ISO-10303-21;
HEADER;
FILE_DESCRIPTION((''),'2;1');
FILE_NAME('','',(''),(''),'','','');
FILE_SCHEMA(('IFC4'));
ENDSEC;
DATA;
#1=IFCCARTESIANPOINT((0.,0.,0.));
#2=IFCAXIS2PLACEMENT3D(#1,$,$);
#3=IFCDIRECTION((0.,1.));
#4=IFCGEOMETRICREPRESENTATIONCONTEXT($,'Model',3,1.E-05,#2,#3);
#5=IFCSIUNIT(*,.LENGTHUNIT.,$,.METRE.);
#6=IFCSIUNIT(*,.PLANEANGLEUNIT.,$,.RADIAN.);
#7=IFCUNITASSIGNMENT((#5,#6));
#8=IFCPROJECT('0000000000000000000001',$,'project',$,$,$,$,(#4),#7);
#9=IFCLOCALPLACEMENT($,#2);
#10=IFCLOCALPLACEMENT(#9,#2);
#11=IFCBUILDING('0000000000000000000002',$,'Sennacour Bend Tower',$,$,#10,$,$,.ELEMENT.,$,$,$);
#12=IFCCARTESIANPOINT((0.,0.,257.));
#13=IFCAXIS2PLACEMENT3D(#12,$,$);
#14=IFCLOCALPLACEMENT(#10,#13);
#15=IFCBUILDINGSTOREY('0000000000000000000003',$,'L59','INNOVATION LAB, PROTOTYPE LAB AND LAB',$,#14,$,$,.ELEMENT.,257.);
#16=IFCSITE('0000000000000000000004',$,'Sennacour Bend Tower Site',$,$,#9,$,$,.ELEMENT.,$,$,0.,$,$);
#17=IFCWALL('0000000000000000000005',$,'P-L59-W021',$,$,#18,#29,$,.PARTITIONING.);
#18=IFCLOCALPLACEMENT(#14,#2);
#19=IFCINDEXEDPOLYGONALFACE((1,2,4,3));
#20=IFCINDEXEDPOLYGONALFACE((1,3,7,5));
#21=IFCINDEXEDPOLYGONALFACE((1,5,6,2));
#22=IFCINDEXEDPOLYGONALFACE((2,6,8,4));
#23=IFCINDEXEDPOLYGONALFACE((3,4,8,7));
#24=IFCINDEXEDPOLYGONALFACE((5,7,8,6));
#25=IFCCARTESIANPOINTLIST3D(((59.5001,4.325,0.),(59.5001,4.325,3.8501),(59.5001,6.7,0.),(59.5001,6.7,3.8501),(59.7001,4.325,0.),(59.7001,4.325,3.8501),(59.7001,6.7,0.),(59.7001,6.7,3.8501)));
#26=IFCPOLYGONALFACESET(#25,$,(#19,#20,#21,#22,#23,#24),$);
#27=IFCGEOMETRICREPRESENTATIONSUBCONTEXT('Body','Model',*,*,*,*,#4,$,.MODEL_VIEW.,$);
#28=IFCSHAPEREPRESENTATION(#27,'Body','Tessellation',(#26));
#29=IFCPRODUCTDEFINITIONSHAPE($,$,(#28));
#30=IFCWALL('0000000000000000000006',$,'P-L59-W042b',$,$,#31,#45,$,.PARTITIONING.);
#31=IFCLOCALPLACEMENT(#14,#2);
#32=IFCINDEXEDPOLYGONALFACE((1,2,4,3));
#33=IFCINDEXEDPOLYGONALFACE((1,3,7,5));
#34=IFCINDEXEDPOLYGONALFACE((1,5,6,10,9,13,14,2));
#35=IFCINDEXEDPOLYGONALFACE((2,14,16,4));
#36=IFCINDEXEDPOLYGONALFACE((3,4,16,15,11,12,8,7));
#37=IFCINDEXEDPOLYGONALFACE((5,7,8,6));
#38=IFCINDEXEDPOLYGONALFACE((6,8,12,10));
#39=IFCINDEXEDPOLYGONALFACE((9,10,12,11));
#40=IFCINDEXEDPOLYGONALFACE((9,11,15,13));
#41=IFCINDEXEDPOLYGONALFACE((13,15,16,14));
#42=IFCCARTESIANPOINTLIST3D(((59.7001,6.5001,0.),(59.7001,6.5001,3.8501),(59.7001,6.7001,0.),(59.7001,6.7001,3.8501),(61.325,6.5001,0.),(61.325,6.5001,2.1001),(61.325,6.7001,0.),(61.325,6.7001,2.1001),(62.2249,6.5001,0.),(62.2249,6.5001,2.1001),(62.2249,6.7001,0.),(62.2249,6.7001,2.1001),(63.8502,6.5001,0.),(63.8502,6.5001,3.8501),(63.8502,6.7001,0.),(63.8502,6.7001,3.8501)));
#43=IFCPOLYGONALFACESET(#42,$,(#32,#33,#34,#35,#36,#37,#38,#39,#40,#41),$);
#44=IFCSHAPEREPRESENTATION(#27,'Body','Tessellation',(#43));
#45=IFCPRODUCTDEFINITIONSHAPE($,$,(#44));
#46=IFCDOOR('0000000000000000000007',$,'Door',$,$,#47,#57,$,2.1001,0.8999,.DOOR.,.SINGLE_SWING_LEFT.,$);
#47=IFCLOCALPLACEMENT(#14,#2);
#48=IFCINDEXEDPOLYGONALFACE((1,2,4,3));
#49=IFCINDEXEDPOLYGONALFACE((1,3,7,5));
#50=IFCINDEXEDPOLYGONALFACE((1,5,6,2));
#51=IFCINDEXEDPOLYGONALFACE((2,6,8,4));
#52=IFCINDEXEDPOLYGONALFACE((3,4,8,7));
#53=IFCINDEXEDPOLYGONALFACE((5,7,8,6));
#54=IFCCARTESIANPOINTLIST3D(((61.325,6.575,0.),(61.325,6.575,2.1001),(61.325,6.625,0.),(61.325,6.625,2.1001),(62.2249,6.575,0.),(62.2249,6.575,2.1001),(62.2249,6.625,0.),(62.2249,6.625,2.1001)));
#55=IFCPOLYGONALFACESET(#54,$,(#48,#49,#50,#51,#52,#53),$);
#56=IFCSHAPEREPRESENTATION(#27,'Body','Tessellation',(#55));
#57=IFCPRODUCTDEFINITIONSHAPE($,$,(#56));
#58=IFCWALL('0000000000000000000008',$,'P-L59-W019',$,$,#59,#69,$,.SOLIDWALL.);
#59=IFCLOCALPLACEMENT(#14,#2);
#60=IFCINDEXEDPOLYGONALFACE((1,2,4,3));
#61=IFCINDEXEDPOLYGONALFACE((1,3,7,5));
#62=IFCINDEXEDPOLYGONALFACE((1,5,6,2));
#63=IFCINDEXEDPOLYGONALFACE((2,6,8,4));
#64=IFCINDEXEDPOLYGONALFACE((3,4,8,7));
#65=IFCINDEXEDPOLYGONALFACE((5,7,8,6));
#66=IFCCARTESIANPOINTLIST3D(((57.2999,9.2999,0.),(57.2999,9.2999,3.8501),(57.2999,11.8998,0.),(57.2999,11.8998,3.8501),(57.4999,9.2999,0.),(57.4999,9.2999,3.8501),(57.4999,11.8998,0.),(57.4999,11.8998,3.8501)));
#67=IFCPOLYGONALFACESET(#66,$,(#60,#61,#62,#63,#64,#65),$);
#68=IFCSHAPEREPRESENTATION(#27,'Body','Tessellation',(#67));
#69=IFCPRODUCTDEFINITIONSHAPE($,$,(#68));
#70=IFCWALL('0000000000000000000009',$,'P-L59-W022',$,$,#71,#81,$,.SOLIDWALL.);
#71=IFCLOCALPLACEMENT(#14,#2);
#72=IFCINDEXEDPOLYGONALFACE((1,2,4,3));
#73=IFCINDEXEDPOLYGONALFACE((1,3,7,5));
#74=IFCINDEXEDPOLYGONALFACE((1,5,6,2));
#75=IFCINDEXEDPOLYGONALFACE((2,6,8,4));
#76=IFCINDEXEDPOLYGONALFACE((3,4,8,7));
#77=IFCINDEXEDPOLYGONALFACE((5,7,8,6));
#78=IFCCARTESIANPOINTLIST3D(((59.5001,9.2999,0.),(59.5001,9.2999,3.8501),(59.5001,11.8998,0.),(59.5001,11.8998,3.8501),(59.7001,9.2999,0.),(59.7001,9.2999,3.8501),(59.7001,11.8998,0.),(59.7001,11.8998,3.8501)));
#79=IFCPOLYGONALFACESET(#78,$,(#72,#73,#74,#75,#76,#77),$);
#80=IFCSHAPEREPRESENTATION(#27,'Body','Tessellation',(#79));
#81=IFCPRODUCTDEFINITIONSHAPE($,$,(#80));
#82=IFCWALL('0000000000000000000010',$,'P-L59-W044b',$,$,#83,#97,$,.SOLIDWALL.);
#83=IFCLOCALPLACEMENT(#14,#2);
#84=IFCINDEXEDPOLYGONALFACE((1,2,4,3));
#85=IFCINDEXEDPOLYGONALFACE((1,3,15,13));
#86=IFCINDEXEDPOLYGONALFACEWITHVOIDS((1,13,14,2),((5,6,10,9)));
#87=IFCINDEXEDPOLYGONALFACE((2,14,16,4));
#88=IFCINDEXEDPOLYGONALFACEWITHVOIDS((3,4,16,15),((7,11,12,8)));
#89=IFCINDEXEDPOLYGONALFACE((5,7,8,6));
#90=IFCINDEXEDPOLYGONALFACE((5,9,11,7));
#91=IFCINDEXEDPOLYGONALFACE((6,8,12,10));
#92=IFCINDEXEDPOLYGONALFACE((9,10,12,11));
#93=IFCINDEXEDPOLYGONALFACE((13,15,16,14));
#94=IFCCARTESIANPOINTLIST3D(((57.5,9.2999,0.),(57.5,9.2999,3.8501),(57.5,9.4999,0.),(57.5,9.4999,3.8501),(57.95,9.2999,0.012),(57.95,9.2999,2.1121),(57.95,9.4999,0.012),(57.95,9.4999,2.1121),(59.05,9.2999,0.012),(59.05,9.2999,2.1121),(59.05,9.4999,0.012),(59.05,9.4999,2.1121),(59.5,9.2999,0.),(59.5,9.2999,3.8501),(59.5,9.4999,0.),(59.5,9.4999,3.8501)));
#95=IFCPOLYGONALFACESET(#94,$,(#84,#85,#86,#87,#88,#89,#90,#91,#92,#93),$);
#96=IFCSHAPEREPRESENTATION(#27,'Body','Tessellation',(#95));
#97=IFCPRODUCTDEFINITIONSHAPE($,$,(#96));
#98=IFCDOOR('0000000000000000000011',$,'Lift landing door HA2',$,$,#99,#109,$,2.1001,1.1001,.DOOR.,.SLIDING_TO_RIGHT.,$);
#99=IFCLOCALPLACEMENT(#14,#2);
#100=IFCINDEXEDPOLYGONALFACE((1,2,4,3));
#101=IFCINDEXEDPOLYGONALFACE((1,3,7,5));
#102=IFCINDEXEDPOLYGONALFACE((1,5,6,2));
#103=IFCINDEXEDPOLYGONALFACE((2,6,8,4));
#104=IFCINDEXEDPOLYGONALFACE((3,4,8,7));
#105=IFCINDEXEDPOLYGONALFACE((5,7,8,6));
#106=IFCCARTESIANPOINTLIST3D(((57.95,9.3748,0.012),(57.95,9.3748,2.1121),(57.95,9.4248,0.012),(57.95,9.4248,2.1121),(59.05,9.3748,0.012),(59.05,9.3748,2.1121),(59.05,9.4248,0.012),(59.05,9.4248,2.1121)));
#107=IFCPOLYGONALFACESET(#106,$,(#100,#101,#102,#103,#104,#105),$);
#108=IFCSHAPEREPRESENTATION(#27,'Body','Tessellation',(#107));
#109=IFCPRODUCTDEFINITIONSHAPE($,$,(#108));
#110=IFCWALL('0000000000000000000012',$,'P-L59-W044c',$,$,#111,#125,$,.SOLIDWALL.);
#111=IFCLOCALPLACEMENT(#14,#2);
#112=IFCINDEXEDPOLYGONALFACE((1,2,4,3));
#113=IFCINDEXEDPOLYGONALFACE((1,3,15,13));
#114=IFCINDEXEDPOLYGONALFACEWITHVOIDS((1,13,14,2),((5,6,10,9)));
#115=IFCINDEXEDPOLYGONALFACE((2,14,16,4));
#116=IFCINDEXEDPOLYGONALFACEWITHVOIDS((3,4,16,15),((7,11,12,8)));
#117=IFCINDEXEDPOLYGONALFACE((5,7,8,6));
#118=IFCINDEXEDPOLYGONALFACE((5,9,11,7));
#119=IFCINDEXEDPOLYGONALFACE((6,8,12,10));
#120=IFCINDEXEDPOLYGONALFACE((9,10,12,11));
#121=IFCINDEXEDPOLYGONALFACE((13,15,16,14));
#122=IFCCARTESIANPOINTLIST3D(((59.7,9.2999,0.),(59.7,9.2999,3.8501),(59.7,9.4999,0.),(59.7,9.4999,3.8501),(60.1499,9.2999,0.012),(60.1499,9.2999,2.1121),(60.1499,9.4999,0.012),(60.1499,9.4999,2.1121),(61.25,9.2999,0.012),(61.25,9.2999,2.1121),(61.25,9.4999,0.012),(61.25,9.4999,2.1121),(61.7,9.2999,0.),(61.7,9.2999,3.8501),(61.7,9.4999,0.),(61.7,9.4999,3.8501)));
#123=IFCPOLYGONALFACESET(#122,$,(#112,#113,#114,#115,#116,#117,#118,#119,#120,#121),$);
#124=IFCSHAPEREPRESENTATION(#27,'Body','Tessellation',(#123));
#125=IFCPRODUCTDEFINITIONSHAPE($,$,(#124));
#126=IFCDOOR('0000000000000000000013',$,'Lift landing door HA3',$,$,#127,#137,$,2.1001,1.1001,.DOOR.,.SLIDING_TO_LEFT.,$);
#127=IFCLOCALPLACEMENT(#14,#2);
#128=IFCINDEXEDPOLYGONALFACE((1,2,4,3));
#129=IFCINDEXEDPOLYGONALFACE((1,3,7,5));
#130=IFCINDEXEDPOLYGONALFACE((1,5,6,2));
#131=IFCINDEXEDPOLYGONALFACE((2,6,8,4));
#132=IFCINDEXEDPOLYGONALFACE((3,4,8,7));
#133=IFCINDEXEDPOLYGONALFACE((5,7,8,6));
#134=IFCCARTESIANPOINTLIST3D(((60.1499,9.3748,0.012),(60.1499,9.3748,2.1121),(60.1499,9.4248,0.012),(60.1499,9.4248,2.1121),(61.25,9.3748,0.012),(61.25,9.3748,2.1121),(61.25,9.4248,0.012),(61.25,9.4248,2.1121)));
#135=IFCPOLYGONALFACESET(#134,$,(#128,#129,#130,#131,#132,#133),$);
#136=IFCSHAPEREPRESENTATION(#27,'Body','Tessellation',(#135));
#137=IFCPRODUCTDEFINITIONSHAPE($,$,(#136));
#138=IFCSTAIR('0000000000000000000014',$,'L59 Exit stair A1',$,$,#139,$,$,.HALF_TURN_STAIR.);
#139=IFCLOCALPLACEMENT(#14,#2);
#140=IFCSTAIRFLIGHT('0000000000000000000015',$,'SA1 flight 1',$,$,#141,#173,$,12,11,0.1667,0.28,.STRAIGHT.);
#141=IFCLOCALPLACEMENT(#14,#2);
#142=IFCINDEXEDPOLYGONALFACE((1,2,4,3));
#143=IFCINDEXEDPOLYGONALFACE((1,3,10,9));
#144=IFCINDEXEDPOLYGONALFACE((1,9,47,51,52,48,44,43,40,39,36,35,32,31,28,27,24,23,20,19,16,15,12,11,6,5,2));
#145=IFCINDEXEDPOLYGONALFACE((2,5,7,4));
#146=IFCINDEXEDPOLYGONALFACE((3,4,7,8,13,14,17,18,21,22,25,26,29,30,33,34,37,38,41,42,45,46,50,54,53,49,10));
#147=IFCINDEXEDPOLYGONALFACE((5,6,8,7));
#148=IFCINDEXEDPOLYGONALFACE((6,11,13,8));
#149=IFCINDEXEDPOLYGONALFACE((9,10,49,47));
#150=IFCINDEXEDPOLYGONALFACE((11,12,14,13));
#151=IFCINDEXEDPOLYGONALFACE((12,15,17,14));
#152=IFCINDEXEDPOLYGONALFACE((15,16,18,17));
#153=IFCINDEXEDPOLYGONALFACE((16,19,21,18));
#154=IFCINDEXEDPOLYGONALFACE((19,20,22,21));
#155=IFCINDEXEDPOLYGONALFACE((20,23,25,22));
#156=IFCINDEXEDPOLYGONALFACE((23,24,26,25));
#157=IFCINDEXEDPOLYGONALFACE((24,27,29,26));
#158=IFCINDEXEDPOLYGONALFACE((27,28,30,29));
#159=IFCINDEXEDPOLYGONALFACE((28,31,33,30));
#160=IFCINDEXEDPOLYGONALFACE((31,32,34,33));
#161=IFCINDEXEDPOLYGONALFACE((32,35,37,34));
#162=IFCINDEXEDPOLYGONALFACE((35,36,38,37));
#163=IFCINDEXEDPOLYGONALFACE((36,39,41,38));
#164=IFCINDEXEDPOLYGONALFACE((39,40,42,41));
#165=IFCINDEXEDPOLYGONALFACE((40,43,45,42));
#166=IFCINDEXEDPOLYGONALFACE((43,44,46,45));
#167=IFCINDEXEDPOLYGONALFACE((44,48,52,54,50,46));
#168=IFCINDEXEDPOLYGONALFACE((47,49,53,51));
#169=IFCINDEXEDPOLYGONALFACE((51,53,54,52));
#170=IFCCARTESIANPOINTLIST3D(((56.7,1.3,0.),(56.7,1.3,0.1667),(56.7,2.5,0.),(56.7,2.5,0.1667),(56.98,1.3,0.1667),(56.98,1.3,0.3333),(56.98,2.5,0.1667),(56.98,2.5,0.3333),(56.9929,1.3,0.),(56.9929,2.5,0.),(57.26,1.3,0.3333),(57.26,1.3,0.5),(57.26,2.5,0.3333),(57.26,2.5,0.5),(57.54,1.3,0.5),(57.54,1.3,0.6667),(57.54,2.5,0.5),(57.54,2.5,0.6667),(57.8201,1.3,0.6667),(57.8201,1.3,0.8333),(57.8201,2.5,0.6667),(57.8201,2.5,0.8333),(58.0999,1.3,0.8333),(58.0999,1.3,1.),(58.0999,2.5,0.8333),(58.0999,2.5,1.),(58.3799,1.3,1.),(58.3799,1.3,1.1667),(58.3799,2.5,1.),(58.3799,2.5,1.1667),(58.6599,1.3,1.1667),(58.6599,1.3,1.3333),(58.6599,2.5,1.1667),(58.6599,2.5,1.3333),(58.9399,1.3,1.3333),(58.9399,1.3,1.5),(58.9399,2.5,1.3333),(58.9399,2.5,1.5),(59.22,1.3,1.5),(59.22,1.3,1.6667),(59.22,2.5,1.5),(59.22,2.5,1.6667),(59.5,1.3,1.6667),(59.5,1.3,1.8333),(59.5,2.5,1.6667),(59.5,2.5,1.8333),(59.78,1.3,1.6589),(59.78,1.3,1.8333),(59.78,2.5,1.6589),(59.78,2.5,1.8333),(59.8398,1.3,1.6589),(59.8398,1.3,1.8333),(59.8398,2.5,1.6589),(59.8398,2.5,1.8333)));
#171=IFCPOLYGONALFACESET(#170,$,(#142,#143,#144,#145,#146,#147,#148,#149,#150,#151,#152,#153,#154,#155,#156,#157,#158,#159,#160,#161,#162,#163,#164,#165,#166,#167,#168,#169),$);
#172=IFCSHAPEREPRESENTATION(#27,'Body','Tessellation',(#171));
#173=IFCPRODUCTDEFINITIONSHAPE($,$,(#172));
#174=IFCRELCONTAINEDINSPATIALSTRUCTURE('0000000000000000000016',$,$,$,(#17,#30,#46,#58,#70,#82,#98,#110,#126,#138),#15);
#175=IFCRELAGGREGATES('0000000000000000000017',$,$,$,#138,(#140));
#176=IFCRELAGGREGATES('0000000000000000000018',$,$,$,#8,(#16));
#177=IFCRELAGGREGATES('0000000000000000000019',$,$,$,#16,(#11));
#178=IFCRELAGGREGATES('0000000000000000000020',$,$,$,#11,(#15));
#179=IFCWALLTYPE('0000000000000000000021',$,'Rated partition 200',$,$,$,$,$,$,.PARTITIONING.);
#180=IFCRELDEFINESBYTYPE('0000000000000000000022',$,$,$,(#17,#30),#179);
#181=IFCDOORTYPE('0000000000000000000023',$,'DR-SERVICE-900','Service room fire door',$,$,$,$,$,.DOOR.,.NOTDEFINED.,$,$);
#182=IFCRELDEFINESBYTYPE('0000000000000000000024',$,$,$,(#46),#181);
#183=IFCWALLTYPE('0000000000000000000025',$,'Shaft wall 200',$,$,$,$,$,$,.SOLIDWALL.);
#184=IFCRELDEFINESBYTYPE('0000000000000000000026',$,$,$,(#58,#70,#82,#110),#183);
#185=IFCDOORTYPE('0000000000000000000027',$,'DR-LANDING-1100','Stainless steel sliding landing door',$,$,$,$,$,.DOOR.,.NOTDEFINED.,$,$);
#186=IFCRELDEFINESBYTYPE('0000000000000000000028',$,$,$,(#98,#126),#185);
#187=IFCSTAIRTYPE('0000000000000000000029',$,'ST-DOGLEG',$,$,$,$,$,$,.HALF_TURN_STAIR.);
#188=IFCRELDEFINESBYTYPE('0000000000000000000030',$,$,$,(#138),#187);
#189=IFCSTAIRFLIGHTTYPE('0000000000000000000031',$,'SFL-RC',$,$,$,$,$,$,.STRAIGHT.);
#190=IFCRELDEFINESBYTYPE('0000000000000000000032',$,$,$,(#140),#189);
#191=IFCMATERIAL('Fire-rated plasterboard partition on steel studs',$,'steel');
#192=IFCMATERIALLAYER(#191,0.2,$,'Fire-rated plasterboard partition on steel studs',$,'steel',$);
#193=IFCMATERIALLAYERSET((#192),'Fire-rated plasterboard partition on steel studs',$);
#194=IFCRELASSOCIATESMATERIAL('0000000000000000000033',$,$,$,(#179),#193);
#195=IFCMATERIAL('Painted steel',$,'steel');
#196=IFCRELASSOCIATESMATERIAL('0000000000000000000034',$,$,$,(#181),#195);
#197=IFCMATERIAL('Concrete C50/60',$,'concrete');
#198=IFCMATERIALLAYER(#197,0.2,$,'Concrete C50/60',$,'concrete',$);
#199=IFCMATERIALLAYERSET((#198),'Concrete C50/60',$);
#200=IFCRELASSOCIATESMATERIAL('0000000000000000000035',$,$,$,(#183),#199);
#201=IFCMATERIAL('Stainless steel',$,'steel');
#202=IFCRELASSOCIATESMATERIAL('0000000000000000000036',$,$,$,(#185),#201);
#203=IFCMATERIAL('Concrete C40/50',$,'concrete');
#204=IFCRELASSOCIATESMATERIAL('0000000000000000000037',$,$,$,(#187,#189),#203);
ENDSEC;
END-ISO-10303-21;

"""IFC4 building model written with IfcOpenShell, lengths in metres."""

from ifc_helpers import new_model, si_unit, direction, frame, frame_2d, origin, place, context, subcontext, project, spatial, polyline, rectangle, outline, extrude, material, layer, layer_set, type_object, element, fill, aggregate, save


model = new_model("IFC4")

# Units and contexts
model_context = context("Model", 3, precision=1e-05, world=origin(), true_north=direction((0.0, 1.0)))
body_context = subcontext(model_context, "Body", "Model", "MODEL_VIEW")
ifc_project = project(units=[si_unit("LENGTHUNIT", "METRE"), si_unit("PLANEANGLEUNIT", "RADIAN")], contexts=[model_context])

# Site, building, storey
site_placement = place(None, origin())
site = spatial("IfcSite", under=ifc_project, at=site_placement, Name="Sennacour Bend Tower Site", CompositionType="ELEMENT", RefElevation=0.0)
building_placement = place(site_placement, origin())
building = spatial("IfcBuilding", under=site, at=building_placement, Name="Sennacour Bend Tower", CompositionType="ELEMENT")
storey_placement = place(building_placement, frame((0.0, 0.0, 257.0)))
storey = spatial("IfcBuildingStorey", under=building, at=storey_placement, Name="L59", Description="INNOVATION LAB, PROTOTYPE LAB AND LAB", CompositionType="ELEMENT", Elevation=257.0)

# Wall
ifc_material_1 = material(Name="Fire-rated plasterboard partition on steel studs", Category="steel")
ifc_layer_1 = layer(ifc_material_1, 0.2, Name="Fire-rated plasterboard partition on steel studs", Category="steel")
ifc_layer_set_1 = layer_set([ifc_layer_1], Name="Fire-rated plasterboard partition on steel studs")
wall_type_1 = type_object("IfcWallType", Name="Rated partition 200", PredefinedType="PARTITIONING", material=ifc_layer_set_1)
wall_1_placement = place(storey_placement, frame((59.6001, 4.325, 0.0), z_axis=(0.0, 0.0, 1.0), x_axis=(0.0, 1.0, 0.0)))
element("IfcWall", 1, at=wall_1_placement, inside=storey, type_object=wall_type_1, Name="P-L59-W021", PredefinedType="PARTITIONING", context=body_context, shape_type="SweptSolid", body=[
    extrude(rectangle(XDim=2.375, YDim=0.2, at=frame_2d((1.1875, 0.0))), origin(), (0.0, 0.0, 1.0), 3.8501),
])

# Wall, opening, door
wall_2_placement = place(storey_placement, frame((59.7, 6.6001, 0.0), z_axis=(0.0, 0.0, 1.0), x_axis=(1.0, 0.0, 0.0)))
wall_2 = element("IfcWall", 2, at=wall_2_placement, inside=storey, type_object=wall_type_1, Name="P-L59-W042b", PredefinedType="PARTITIONING", context=body_context, shape_type="SweptSolid", body=[
    extrude(rectangle(XDim=4.1501, YDim=0.2, at=frame_2d((2.0752, 0.0))), origin(), (0.0, 0.0, 1.0), 3.8501),
])
opening_1_placement = place(wall_2_placement, frame((1.625, 0.0, 0.0)))
opening_1 = element("IfcOpeningElement", 3, at=opening_1_placement, cuts=wall_2, PredefinedType="OPENING", context=body_context, shape_type="SweptSolid", body=[
    extrude(rectangle(XDim=0.8999, YDim=2.1001, at=frame_2d((0.45, 1.05))), frame((0.0, 0.1099, 0.0), z_axis=(0.0, -1.0, 0.0), x_axis=(1.0, 0.0, 0.0)), (0.0, 0.0, 1.0), 0.22),
])
ifc_material_2 = material(Name="Painted steel", Category="steel")
door_type_1 = type_object("IfcDoorType", Name="DR-SERVICE-900", Description="Service room fire door", OperationType="NOTDEFINED", PredefinedType="DOOR", material=ifc_material_2)
door_1_placement = place(opening_1_placement, origin())
door_1 = element("IfcDoor", 4, at=door_1_placement, inside=storey, type_object=door_type_1, Name="Door", OperationType="SINGLE_SWING_LEFT", OverallHeight=2.1001, OverallWidth=0.8999, PredefinedType="DOOR", context=body_context, shape_type="SweptSolid", body=[
    extrude(rectangle(XDim=0.8999, YDim=2.1001, at=frame_2d((0.45, 1.05))), frame((0.0, 0.0249, 0.0), z_axis=(0.0, -1.0, 0.0), x_axis=(1.0, 0.0, 0.0)), (0.0, 0.0, 1.0), 0.05),
])
fill(opening_1, door_1)

# Walls
ifc_material_3 = material(Name="Concrete C50/60", Category="concrete")
ifc_layer_2 = layer(ifc_material_3, 0.2, Name="Concrete C50/60", Category="concrete")
ifc_layer_set_2 = layer_set([ifc_layer_2], Name="Concrete C50/60")
wall_type_2 = type_object("IfcWallType", Name="Shaft wall 200", PredefinedType="SOLIDWALL", material=ifc_layer_set_2)
for number, where, z_axis, x_axis, name in (
    (5, (57.3999, 9.3, 0.0), (0.0, 0.0, 1.0), (0.0, 1.0, 0.0), "P-L59-W019"),
    (6, (59.6001, 9.3, 0.0), (0.0, 0.0, 1.0), (0.0, 1.0, 0.0), "P-L59-W022"),
):
    element("IfcWall", number, at=place(storey_placement, frame(where, z_axis=z_axis, x_axis=x_axis)), inside=storey, type_object=wall_type_2, Name=name, PredefinedType="SOLIDWALL", context=body_context, shape_type="SweptSolid", body=[
        extrude(rectangle(XDim=2.5999, YDim=0.2, at=frame_2d((1.2998, 0.0))), origin(), (0.0, 0.0, 1.0), 3.8501),
    ])

# Walls, openings, doors
wall_3_placement = place(storey_placement, frame((57.5, 9.3999, 0.0), z_axis=(0.0, 0.0, 1.0), x_axis=(1.0, 0.0, 0.0)))
wall_3 = element("IfcWall", 7, at=wall_3_placement, inside=storey, type_object=wall_type_2, Name="P-L59-W044b", PredefinedType="SOLIDWALL", context=body_context, shape_type="SweptSolid", body=[
    extrude(rectangle(XDim=2.0, YDim=0.2, at=frame_2d((1.0, 0.0))), origin(), (0.0, 0.0, 1.0), 3.8501),
])
opening_2_placement = place(wall_3_placement, frame((0.45, 0.0, 0.012)))
opening_2 = element("IfcOpeningElement", 8, at=opening_2_placement, cuts=wall_3, PredefinedType="OPENING", context=body_context, shape_type="SweptSolid", body=[
    extrude(rectangle(XDim=1.1001, YDim=2.1001, at=frame_2d((0.55, 1.05))), frame((0.0, 0.1099, 0.0), z_axis=(0.0, -1.0, 0.0), x_axis=(1.0, 0.0, 0.0)), (0.0, 0.0, 1.0), 0.22),
])
ifc_material_4 = material(Name="Stainless steel", Category="steel")
door_type_2 = type_object("IfcDoorType", Name="DR-LANDING-1100", Description="Stainless steel sliding landing door", OperationType="NOTDEFINED", PredefinedType="DOOR", material=ifc_material_4)
door_2_placement = place(opening_2_placement, origin())
door_2 = element("IfcDoor", 9, at=door_2_placement, inside=storey, type_object=door_type_2, Name="Lift landing door HA2", OperationType="SLIDING_TO_RIGHT", OverallHeight=2.1001, OverallWidth=1.1001, PredefinedType="DOOR", context=body_context, shape_type="SweptSolid", body=[
    extrude(rectangle(XDim=1.1001, YDim=2.1001, at=frame_2d((0.55, 1.05))), frame((0.0, 0.0249, 0.0), z_axis=(0.0, -1.0, 0.0), x_axis=(1.0, 0.0, 0.0)), (0.0, 0.0, 1.0), 0.05),
])
fill(opening_2, door_2)
wall_4_placement = place(storey_placement, frame((59.7, 9.3999, 0.0), z_axis=(0.0, 0.0, 1.0), x_axis=(1.0, 0.0, 0.0)))
wall_4 = element("IfcWall", 10, at=wall_4_placement, inside=storey, type_object=wall_type_2, Name="P-L59-W044c", PredefinedType="SOLIDWALL", context=body_context, shape_type="SweptSolid", body=[
    extrude(rectangle(XDim=2.0, YDim=0.2, at=frame_2d((1.0, 0.0))), origin(), (0.0, 0.0, 1.0), 3.8501),
])
opening_3_placement = place(wall_4_placement, frame((0.45, 0.0, 0.012)))
opening_3 = element("IfcOpeningElement", 11, at=opening_3_placement, cuts=wall_4, PredefinedType="OPENING", context=body_context, shape_type="SweptSolid", body=[
    extrude(rectangle(XDim=1.1001, YDim=2.1001, at=frame_2d((0.55, 1.05))), frame((0.0, 0.1099, 0.0), z_axis=(0.0, -1.0, 0.0), x_axis=(1.0, 0.0, 0.0)), (0.0, 0.0, 1.0), 0.22),
])
door_3_placement = place(opening_3_placement, origin())
door_3 = element("IfcDoor", 12, at=door_3_placement, inside=storey, type_object=door_type_2, Name="Lift landing door HA3", OperationType="SLIDING_TO_LEFT", OverallHeight=2.1001, OverallWidth=1.1001, PredefinedType="DOOR", context=body_context, shape_type="SweptSolid", body=[
    extrude(rectangle(XDim=1.1001, YDim=2.1001, at=frame_2d((0.55, 1.05))), frame((0.0, 0.0249, 0.0), z_axis=(0.0, -1.0, 0.0), x_axis=(1.0, 0.0, 0.0)), (0.0, 0.0, 1.0), 0.05),
])
fill(opening_3, door_3)

# Stair, stair flight
ifc_material_5 = material(Name="Concrete C40/50", Category="concrete")
stair_type = type_object("IfcStairType", Name="ST-DOGLEG", PredefinedType="HALF_TURN_STAIR", material=ifc_material_5)
stair_placement = place(storey_placement, origin())
stair = element("IfcStair", 13, at=stair_placement, inside=storey, type_object=stair_type, Name="L59 Exit stair A1", PredefinedType="HALF_TURN_STAIR")
stair_flight_type = type_object("IfcStairFlightType", Name="SFL-RC", PredefinedType="STRAIGHT", material=ifc_material_5)
stair_flight_placement = place(storey_placement, frame((56.7, 1.8999, 0.0), z_axis=(0.0, 0.0, 1.0), x_axis=(1.0, 0.0, 0.0)))
stair_flight = element("IfcStairFlight", 14, at=stair_flight_placement, type_object=stair_flight_type, Name="SA1 flight 1", NumberOfRisers=12, NumberOfTreads=11, PredefinedType="STRAIGHT", RiserHeight=0.1667, TreadLength=0.28, context=body_context, shape_type="SweptSolid", body=[
    extrude(outline(polyline([(0.0, 0.0), (0.0, 0.1667), (0.28, 0.1667), (0.28, 0.3333), (0.5601, 0.3333), (0.5601, 0.5), (0.8401, 0.5), (0.8401, 0.6667), (1.1201, 0.6667), (1.1201, 0.8333), (1.3999, 0.8333), (1.3999, 1.0), (1.6799, 1.0), (1.6799, 1.1667), (1.96, 1.1667), (1.96, 1.3333), (2.24, 1.3333), (2.24, 1.5), (2.52, 1.5), (2.52, 1.6667), (2.8, 1.6667), (2.8, 1.8333), (3.0801, 1.8333), (3.1399, 1.8333), (3.1399, 1.6589), (3.0801, 1.6589), (0.293, 0.0), (0.0, 0.0)])), frame((0.0, 0.6001, 0.0), z_axis=(0.0, -1.0, 0.0), x_axis=(1.0, 0.0, 0.0)), (0.0, 0.0, 1.0), 1.2),
])
aggregate(stair, [stair_flight])

save(model, "model.ifc")
